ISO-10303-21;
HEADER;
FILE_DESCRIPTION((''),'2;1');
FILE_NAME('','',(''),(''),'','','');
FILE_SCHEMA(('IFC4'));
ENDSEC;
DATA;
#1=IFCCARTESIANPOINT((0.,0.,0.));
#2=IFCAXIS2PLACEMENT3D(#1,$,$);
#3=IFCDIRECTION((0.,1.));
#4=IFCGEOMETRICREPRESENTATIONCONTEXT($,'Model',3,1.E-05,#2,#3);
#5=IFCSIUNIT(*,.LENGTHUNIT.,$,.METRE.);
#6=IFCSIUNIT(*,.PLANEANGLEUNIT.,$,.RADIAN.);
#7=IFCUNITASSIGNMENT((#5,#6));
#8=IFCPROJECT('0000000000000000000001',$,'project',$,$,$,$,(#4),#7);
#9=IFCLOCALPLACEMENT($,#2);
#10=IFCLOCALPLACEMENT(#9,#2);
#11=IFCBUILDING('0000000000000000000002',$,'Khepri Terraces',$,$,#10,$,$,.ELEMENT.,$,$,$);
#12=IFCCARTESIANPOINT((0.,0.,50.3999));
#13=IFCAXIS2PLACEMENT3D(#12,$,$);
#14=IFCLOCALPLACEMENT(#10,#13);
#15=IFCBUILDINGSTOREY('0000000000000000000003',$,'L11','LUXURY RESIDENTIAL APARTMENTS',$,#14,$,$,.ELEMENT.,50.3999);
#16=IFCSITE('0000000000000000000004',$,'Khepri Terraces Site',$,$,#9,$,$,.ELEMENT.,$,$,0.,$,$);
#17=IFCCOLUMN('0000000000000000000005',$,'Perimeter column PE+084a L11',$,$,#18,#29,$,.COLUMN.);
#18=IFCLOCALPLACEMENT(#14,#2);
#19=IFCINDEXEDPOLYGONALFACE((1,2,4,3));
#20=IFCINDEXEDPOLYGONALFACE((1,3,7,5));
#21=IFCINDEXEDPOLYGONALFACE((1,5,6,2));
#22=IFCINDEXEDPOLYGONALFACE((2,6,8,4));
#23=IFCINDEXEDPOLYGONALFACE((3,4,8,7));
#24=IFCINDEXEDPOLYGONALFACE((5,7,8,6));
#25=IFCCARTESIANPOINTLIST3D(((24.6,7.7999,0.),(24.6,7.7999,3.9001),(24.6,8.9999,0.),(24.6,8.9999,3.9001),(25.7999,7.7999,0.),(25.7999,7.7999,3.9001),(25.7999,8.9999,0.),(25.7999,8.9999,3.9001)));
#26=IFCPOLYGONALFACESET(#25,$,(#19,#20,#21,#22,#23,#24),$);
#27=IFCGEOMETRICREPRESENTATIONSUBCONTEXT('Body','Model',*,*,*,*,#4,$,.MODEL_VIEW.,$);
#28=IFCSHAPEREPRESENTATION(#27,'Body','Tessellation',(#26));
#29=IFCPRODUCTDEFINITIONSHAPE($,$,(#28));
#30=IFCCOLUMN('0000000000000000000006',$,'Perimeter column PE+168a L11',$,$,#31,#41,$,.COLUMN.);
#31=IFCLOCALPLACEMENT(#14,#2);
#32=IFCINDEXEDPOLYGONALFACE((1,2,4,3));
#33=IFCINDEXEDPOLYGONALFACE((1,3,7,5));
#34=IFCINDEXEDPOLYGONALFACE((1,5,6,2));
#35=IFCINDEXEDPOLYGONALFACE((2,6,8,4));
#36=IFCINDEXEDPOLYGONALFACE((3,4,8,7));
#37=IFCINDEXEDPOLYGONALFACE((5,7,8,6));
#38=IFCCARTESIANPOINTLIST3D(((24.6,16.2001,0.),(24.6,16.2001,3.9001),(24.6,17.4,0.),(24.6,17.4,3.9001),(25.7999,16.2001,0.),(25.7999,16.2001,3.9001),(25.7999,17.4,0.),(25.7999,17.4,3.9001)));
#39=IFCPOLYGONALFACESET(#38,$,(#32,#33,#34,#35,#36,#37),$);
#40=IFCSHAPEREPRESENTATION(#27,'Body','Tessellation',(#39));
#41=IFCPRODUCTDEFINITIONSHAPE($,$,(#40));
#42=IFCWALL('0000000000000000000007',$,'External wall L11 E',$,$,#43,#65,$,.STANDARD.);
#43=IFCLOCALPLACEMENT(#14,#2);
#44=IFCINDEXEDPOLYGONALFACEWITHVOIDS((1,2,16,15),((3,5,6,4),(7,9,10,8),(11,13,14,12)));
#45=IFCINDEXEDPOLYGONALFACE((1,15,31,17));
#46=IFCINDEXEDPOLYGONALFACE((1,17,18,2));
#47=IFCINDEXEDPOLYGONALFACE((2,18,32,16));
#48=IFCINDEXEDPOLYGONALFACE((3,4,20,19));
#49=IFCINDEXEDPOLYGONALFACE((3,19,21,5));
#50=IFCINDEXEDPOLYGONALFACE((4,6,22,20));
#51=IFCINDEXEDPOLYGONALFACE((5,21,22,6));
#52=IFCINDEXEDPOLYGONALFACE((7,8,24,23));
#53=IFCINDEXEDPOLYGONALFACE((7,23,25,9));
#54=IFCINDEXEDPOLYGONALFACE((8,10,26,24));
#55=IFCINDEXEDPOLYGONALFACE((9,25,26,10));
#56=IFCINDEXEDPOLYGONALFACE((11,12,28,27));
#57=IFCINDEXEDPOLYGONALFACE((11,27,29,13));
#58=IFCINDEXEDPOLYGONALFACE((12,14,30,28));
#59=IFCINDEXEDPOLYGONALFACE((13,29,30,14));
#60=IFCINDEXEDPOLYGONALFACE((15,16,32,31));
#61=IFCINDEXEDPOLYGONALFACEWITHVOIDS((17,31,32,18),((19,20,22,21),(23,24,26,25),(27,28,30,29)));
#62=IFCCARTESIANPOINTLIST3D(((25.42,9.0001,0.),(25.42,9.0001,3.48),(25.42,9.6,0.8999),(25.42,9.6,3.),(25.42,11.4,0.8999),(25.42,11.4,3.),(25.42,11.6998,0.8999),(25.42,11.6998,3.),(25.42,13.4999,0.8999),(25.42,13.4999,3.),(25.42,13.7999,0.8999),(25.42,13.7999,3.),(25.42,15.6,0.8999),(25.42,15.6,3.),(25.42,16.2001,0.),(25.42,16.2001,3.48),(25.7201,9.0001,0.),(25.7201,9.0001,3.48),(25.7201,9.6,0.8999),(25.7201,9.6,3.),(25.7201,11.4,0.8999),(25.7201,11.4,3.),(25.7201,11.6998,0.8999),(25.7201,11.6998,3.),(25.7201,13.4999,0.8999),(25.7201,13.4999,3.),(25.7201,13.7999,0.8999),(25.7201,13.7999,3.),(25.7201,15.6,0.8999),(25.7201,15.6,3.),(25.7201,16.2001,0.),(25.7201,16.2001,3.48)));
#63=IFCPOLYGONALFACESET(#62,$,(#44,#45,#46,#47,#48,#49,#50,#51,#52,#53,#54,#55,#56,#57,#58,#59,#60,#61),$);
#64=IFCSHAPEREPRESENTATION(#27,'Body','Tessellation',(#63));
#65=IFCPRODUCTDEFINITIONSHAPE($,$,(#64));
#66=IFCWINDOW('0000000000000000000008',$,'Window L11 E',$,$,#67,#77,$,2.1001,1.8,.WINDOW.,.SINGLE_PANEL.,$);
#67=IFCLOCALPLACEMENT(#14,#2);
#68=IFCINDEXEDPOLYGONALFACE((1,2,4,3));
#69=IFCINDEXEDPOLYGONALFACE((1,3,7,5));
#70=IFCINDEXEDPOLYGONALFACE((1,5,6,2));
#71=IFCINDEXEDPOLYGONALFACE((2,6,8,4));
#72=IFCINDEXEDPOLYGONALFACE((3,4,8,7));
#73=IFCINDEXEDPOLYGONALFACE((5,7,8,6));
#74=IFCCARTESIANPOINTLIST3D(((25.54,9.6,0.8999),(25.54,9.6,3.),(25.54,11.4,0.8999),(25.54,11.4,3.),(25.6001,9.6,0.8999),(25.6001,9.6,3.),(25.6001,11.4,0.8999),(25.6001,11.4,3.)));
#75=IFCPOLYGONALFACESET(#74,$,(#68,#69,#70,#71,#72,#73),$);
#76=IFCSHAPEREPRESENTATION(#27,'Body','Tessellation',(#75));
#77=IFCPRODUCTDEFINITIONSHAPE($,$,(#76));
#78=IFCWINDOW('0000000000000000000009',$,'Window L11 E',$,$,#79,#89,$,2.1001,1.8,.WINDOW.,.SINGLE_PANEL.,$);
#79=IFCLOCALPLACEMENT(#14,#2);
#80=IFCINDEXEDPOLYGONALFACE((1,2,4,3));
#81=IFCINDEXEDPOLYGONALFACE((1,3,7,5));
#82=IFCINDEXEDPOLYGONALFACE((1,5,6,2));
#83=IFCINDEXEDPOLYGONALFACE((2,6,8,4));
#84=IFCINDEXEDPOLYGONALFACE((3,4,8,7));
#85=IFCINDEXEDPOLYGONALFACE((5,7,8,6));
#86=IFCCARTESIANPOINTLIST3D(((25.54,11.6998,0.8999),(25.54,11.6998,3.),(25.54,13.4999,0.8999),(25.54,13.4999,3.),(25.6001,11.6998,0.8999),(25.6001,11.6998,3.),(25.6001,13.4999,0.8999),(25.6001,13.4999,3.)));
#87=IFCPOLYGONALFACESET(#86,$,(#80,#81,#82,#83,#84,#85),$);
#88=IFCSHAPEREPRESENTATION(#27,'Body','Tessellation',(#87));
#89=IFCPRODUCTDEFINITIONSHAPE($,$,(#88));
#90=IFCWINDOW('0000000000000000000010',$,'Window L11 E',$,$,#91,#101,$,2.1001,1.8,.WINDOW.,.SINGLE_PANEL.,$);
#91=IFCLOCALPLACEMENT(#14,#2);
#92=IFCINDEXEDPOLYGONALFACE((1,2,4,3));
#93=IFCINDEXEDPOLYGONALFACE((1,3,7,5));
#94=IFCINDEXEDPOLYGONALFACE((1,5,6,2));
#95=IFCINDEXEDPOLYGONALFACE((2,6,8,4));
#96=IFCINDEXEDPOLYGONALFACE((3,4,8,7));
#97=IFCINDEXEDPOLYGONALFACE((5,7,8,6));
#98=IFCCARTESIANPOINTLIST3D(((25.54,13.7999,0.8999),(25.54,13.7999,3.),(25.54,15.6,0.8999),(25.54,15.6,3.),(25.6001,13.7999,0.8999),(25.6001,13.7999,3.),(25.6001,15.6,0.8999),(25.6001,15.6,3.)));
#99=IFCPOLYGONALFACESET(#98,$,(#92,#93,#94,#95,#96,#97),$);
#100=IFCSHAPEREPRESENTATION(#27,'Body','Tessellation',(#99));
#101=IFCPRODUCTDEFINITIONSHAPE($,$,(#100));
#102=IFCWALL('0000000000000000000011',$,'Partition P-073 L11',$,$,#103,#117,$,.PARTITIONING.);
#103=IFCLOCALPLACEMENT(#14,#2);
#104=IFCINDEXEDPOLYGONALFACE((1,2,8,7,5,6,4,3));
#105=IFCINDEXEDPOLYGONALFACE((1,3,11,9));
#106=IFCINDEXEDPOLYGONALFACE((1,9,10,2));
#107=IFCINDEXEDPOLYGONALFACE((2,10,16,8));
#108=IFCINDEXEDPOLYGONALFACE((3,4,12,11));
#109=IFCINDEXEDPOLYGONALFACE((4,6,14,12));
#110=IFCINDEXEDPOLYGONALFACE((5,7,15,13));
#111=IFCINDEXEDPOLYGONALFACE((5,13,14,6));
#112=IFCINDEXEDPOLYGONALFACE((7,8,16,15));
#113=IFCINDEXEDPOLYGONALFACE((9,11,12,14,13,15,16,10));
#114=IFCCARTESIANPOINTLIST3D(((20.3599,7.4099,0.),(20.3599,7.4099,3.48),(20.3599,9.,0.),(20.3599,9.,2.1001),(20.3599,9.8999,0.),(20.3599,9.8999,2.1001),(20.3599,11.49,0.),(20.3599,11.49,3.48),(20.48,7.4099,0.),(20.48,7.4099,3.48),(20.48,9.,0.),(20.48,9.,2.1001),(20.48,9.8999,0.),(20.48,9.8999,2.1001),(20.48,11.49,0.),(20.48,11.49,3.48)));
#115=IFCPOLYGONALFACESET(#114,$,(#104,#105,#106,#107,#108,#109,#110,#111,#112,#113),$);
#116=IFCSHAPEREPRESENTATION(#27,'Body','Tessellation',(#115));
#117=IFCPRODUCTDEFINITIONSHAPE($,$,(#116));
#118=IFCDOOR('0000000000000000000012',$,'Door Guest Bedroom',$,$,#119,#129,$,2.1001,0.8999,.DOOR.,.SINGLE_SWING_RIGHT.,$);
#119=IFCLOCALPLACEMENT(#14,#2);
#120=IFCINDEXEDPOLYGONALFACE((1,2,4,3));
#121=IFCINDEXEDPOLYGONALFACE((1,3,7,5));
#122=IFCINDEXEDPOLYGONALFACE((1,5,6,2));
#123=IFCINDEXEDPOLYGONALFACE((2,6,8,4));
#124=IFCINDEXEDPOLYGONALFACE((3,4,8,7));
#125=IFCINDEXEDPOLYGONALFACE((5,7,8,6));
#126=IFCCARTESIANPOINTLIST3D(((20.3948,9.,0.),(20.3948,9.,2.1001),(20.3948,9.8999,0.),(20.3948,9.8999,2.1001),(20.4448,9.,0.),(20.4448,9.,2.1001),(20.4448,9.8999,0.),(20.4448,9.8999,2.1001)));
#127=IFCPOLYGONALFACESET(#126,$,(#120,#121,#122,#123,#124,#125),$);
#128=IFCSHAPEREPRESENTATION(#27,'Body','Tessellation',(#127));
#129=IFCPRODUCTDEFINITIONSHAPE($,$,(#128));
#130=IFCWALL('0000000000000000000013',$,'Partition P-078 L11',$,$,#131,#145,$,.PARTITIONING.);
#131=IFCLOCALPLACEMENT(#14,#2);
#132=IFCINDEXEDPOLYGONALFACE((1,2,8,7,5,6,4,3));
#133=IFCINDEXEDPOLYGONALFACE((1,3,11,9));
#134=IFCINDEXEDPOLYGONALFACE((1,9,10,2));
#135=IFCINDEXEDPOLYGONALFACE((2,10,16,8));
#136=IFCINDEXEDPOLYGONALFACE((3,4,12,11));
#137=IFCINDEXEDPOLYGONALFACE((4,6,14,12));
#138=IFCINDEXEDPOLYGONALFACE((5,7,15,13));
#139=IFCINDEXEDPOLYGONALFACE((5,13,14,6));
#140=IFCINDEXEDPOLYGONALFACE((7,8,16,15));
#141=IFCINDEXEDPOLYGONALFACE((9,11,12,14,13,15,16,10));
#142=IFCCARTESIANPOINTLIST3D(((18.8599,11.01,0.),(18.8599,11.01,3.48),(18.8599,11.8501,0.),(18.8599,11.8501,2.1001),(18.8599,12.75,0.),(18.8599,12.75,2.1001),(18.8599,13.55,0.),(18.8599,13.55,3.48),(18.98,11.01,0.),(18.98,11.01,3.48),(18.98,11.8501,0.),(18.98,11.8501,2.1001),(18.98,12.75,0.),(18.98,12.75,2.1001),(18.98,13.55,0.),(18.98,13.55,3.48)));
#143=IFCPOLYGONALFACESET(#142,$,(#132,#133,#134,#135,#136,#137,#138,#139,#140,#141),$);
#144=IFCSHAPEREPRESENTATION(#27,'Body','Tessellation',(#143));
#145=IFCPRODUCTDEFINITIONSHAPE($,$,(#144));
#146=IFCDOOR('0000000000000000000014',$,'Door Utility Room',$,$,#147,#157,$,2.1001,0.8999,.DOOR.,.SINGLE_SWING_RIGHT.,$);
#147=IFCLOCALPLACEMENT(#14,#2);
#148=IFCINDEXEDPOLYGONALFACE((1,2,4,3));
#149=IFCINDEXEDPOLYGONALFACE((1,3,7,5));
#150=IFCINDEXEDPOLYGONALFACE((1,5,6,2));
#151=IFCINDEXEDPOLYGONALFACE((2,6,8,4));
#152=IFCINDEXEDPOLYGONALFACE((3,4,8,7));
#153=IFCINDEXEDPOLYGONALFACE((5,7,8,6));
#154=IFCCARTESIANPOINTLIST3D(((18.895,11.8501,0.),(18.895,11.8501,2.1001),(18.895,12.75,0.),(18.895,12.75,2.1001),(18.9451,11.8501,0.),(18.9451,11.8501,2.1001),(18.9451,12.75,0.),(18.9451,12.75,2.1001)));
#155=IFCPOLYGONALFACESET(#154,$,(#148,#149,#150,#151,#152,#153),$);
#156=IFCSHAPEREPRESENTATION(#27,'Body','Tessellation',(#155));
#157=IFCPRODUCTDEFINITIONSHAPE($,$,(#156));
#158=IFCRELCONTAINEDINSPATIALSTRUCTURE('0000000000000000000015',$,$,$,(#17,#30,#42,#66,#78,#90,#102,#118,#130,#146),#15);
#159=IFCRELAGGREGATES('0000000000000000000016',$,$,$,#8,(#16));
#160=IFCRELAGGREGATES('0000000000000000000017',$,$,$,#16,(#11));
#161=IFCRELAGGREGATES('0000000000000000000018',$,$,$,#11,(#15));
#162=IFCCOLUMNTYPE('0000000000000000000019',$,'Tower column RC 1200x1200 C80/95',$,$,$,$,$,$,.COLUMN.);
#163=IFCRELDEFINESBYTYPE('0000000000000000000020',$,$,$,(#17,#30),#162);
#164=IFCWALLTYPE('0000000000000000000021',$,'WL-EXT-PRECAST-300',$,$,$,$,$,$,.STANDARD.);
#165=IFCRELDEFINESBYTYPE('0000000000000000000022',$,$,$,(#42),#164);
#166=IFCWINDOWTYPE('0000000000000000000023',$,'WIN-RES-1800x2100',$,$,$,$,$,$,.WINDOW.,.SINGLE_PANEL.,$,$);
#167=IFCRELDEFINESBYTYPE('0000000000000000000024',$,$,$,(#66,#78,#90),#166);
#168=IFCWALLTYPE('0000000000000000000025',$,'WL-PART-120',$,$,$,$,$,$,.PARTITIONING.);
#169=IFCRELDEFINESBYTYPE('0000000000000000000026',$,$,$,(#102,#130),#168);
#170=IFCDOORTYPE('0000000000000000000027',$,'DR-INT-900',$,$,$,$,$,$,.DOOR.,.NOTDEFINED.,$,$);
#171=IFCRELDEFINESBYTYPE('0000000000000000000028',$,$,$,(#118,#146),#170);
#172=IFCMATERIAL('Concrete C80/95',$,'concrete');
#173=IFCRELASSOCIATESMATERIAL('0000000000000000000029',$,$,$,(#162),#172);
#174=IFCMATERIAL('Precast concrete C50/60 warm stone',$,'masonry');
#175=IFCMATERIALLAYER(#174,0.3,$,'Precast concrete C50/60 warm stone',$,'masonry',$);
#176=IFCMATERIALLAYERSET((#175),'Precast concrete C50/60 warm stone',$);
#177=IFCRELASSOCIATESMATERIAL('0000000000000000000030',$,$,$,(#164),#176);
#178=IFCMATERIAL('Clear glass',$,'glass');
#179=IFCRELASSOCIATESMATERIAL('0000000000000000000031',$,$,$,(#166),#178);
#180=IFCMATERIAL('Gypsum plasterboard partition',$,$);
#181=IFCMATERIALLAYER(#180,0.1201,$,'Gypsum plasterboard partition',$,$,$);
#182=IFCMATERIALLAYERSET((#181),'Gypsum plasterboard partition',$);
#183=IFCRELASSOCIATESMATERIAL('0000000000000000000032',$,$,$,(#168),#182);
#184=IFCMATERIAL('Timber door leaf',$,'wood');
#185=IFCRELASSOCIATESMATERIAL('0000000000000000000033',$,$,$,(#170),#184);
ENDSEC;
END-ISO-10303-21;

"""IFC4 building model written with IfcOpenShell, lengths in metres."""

from ifc_helpers import new_model, si_unit, direction, frame, frame_2d, origin, origin_2d, place, context, subcontext, project, spatial, rectangle, extrude, material, layer, layer_set, material_profile, profile_set, type_object, element, fill, save


model = new_model("IFC4")

# Units and contexts
model_context = context("Model", 3, precision=1e-05, world=origin(), true_north=direction((0.0, 1.0)))
body_context = subcontext(model_context, "Body", "Model", "MODEL_VIEW")
ifc_project = project(units=[si_unit("LENGTHUNIT", "METRE"), si_unit("PLANEANGLEUNIT", "RADIAN")], contexts=[model_context])

# Site, building, storey
site_placement = place(None, origin())
site = spatial("IfcSite", under=ifc_project, at=site_placement, Name="Khepri Terraces Site", CompositionType="ELEMENT", RefElevation=0.0)
building_placement = place(site_placement, origin())
building = spatial("IfcBuilding", under=site, at=building_placement, Name="Khepri Terraces", CompositionType="ELEMENT")
storey_placement = place(building_placement, frame((0.0, 0.0, 50.3999)))
storey = spatial("IfcBuildingStorey", under=building, at=storey_placement, Name="L11", Description="LUXURY RESIDENTIAL APARTMENTS", CompositionType="ELEMENT", Elevation=50.3999)

# Columns
ifc_material_1 = material(Name="Concrete C80/95", Category="concrete")
ifc_material_profile = material_profile(ifc_material_1, rectangle(XDim=1.2, YDim=1.2, at=origin_2d()), Name="Concrete C80/95", Category="concrete")
ifc_profile_set = profile_set([ifc_material_profile], Name="Concrete C80/95")
column_type = type_object("IfcColumnType", Name="Tower column RC 1200x1200 C80/95", PredefinedType="COLUMN", material=ifc_profile_set)
for number, where, z_axis, x_axis, name in (
    (1, (25.2, 8.3999, 0.0), (0.0, 0.0, 1.0), (1.0, 0.0, 0.0), "Perimeter column PE+084a L11"),
    (2, (25.2, 16.8, 0.0), (0.0, 0.0, 1.0), (1.0, 0.0, 0.0), "Perimeter column PE+168a L11"),
):
    element("IfcColumn", number, at=place(storey_placement, frame(where, z_axis=z_axis, x_axis=x_axis)), inside=storey, type_object=column_type, Name=name, PredefinedType="COLUMN", context=body_context, shape_type="SweptSolid", body=[
        extrude(rectangle(XDim=1.2, YDim=1.2, at=origin_2d()), origin(), (0.0, 0.0, 1.0), 3.9001),
    ])

# Wall, openings, windows
ifc_material_2 = material(Name="Precast concrete C50/60 warm stone", Category="masonry")
ifc_layer_1 = layer(ifc_material_2, 0.3, Name="Precast concrete C50/60 warm stone", Category="masonry")
ifc_layer_set_1 = layer_set([ifc_layer_1], Name="Precast concrete C50/60 warm stone")
wall_type_1 = type_object("IfcWallType", Name="WL-EXT-PRECAST-300", PredefinedType="STANDARD", material=ifc_layer_set_1)
wall_1_placement = place(storey_placement, frame((25.5701, 9.0, 0.0), z_axis=(0.0, 0.0, 1.0), x_axis=(0.0, 1.0, 0.0)))
wall_1 = element("IfcWall", 3, at=wall_1_placement, inside=storey, type_object=wall_type_1, Name="External wall L11 E", PredefinedType="STANDARD", context=body_context, shape_type="SweptSolid", body=[
    extrude(rectangle(XDim=7.2, YDim=0.3, at=frame_2d((3.6001, 0.0))), origin(), (0.0, 0.0, 1.0), 3.48),
])
opening_1_placement = place(wall_1_placement, frame((0.6001, 0.0, 0.8999)))
opening_1 = element("IfcOpeningElement", 4, at=opening_1_placement, cuts=wall_1, PredefinedType="OPENING", context=body_context, shape_type="SweptSolid", body=[
    extrude(rectangle(XDim=1.8, YDim=2.1001, at=frame_2d((0.8999, 1.05))), frame((0.0, 0.1602, 0.0), z_axis=(0.0, -1.0, 0.0), x_axis=(1.0, 0.0, 0.0)), (0.0, 0.0, 1.0), 0.3201),
])
opening_2_placement = place(wall_1_placement, frame((2.7, 0.0, 0.8999)))
opening_2 = element("IfcOpeningElement", 5, at=opening_2_placement, cuts=wall_1, PredefinedType="OPENING", context=body_context, shape_type="SweptSolid", body=[
    extrude(rectangle(XDim=1.8, YDim=2.1001, at=frame_2d((0.8999, 1.05))), frame((0.0, 0.1602, 0.0), z_axis=(0.0, -1.0, 0.0), x_axis=(1.0, 0.0, 0.0)), (0.0, 0.0, 1.0), 0.3201),
])
opening_3_placement = place(wall_1_placement, frame((4.8, 0.0, 0.8999)))
opening_3 = element("IfcOpeningElement", 6, at=opening_3_placement, cuts=wall_1, PredefinedType="OPENING", context=body_context, shape_type="SweptSolid", body=[
    extrude(rectangle(XDim=1.8, YDim=2.1001, at=frame_2d((0.8999, 1.05))), frame((0.0, 0.1602, 0.0), z_axis=(0.0, -1.0, 0.0), x_axis=(1.0, 0.0, 0.0)), (0.0, 0.0, 1.0), 0.3201),
])
ifc_material_3 = material(Name="Clear glass", Category="glass")
window_type = type_object("IfcWindowType", Name="WIN-RES-1800x2100", PartitioningType="SINGLE_PANEL", PredefinedType="WINDOW", material=ifc_material_3)
window_1_placement = place(opening_1_placement, origin())
window_1 = element("IfcWindow", 7, at=window_1_placement, inside=storey, type_object=window_type, Name="Window L11 E", OverallHeight=2.1001, OverallWidth=1.8, PartitioningType="SINGLE_PANEL", PredefinedType="WINDOW", context=body_context, shape_type="SweptSolid", body=[
    extrude(rectangle(XDim=1.8, YDim=2.1001, at=frame_2d((0.8999, 1.05))), frame((0.0, 0.03, 0.0), z_axis=(0.0, -1.0, 0.0), x_axis=(1.0, 0.0, 0.0)), (0.0, 0.0, 1.0), 0.0601),
])
fill(opening_1, window_1)
window_2_placement = place(opening_2_placement, origin())
window_2 = element("IfcWindow", 8, at=window_2_placement, inside=storey, type_object=window_type, Name="Window L11 E", OverallHeight=2.1001, OverallWidth=1.8, PartitioningType="SINGLE_PANEL", PredefinedType="WINDOW", context=body_context, shape_type="SweptSolid", body=[
    extrude(rectangle(XDim=1.8, YDim=2.1001, at=frame_2d((0.8999, 1.05))), frame((0.0, 0.03, 0.0), z_axis=(0.0, -1.0, 0.0), x_axis=(1.0, 0.0, 0.0)), (0.0, 0.0, 1.0), 0.0601),
])
fill(opening_2, window_2)
window_3_placement = place(opening_3_placement, origin())
window_3 = element("IfcWindow", 9, at=window_3_placement, inside=storey, type_object=window_type, Name="Window L11 E", OverallHeight=2.1001, OverallWidth=1.8, PartitioningType="SINGLE_PANEL", PredefinedType="WINDOW", context=body_context, shape_type="SweptSolid", body=[
    extrude(rectangle(XDim=1.8, YDim=2.1001, at=frame_2d((0.8999, 1.05))), frame((0.0, 0.03, 0.0), z_axis=(0.0, -1.0, 0.0), x_axis=(1.0, 0.0, 0.0)), (0.0, 0.0, 1.0), 0.0601),
])
fill(opening_3, window_3)

# Walls, openings, doors
ifc_material_4 = material(Name="Gypsum plasterboard partition")
ifc_layer_2 = layer(ifc_material_4, 0.1201, Name="Gypsum plasterboard partition")
ifc_layer_set_2 = layer_set([ifc_layer_2], Name="Gypsum plasterboard partition")
wall_type_2 = type_object("IfcWallType", Name="WL-PART-120", PredefinedType="PARTITIONING", material=ifc_layer_set_2)
wall_2_placement = place(storey_placement, frame((20.4199, 7.4099, 0.0), z_axis=(0.0, 0.0, 1.0), x_axis=(0.0, 1.0, 0.0)))
wall_2 = element("IfcWall", 10, at=wall_2_placement, inside=storey, type_object=wall_type_2, Name="Partition P-073 L11", PredefinedType="PARTITIONING", context=body_context, shape_type="SweptSolid", body=[
    extrude(rectangle(XDim=4.0801, YDim=0.1201, at=frame_2d((2.04, 0.0))), origin(), (0.0, 0.0, 1.0), 3.48),
])
opening_4_placement = place(wall_2_placement, frame((1.5901, 0.0, 0.0)))
opening_4 = element("IfcOpeningElement", 11, at=opening_4_placement, cuts=wall_2, PredefinedType="OPENING", context=body_context, shape_type="SweptSolid", body=[
    extrude(rectangle(XDim=0.8999, YDim=2.1001, at=frame_2d((0.45, 1.05))), frame((0.0, 0.0701, 0.0), z_axis=(0.0, -1.0, 0.0), x_axis=(1.0, 0.0, 0.0)), (0.0, 0.0, 1.0), 0.1401),
])
ifc_material_5 = material(Name="Timber door leaf", Category="wood")
door_type_1 = type_object("IfcDoorType", Name="DR-INT-900", OperationType="NOTDEFINED", PredefinedType="DOOR", material=ifc_material_5)
door_1_placement = place(opening_4_placement, frame((0.8999, 0.0, 0.0), z_axis=(0.0, 0.0, 1.0), x_axis=(-1.0, 0.0, 0.0)))
door_1 = element("IfcDoor", 12, at=door_1_placement, inside=storey, type_object=door_type_1, Name="Door Guest Bedroom", OperationType="SINGLE_SWING_RIGHT", OverallHeight=2.1001, OverallWidth=0.8999, PredefinedType="DOOR", context=body_context, shape_type="SweptSolid", body=[
    extrude(rectangle(XDim=0.8999, YDim=2.1001, at=frame_2d((0.45, 1.05))), frame((0.0, 0.0249, 0.0), z_axis=(0.0, -1.0, 0.0), x_axis=(1.0, 0.0, 0.0)), (0.0, 0.0, 1.0), 0.05),
])
fill(opening_4, door_1)
wall_3_placement = place(storey_placement, frame((18.9199, 11.01, 0.0), z_axis=(0.0, 0.0, 1.0), x_axis=(0.0, 1.0, 0.0)))
wall_3 = element("IfcWall", 13, at=wall_3_placement, inside=storey, type_object=wall_type_2, Name="Partition P-078 L11", PredefinedType="PARTITIONING", context=body_context, shape_type="SweptSolid", body=[
    extrude(rectangle(XDim=2.54, YDim=0.1201, at=frame_2d((1.27, 0.0))), origin(), (0.0, 0.0, 1.0), 3.48),
])
opening_5_placement = place(wall_3_placement, frame((0.8401, 0.0, 0.0)))
opening_5 = element("IfcOpeningElement", 14, at=opening_5_placement, cuts=wall_3, PredefinedType="OPENING", context=body_context, shape_type="SweptSolid", body=[
    extrude(rectangle(XDim=0.8999, YDim=2.1001, at=frame_2d((0.45, 1.05))), frame((0.0, 0.0701, 0.0), z_axis=(0.0, -1.0, 0.0), x_axis=(1.0, 0.0, 0.0)), (0.0, 0.0, 1.0), 0.1401),
])
door_2_placement = place(opening_5_placement, origin())
door_2 = element("IfcDoor", 15, at=door_2_placement, inside=storey, type_object=door_type_1, Name="Door Utility Room", OperationType="SINGLE_SWING_RIGHT", OverallHeight=2.1001, OverallWidth=0.8999, PredefinedType="DOOR", context=body_context, shape_type="SweptSolid", body=[
    extrude(rectangle(XDim=0.8999, YDim=2.1001, at=frame_2d((0.45, 1.05))), frame((0.0, 0.0249, 0.0), z_axis=(0.0, -1.0, 0.0), x_axis=(1.0, 0.0, 0.0)), (0.0, 0.0, 1.0), 0.05),
])
fill(opening_5, door_2)

save(model, "model.ifc")
